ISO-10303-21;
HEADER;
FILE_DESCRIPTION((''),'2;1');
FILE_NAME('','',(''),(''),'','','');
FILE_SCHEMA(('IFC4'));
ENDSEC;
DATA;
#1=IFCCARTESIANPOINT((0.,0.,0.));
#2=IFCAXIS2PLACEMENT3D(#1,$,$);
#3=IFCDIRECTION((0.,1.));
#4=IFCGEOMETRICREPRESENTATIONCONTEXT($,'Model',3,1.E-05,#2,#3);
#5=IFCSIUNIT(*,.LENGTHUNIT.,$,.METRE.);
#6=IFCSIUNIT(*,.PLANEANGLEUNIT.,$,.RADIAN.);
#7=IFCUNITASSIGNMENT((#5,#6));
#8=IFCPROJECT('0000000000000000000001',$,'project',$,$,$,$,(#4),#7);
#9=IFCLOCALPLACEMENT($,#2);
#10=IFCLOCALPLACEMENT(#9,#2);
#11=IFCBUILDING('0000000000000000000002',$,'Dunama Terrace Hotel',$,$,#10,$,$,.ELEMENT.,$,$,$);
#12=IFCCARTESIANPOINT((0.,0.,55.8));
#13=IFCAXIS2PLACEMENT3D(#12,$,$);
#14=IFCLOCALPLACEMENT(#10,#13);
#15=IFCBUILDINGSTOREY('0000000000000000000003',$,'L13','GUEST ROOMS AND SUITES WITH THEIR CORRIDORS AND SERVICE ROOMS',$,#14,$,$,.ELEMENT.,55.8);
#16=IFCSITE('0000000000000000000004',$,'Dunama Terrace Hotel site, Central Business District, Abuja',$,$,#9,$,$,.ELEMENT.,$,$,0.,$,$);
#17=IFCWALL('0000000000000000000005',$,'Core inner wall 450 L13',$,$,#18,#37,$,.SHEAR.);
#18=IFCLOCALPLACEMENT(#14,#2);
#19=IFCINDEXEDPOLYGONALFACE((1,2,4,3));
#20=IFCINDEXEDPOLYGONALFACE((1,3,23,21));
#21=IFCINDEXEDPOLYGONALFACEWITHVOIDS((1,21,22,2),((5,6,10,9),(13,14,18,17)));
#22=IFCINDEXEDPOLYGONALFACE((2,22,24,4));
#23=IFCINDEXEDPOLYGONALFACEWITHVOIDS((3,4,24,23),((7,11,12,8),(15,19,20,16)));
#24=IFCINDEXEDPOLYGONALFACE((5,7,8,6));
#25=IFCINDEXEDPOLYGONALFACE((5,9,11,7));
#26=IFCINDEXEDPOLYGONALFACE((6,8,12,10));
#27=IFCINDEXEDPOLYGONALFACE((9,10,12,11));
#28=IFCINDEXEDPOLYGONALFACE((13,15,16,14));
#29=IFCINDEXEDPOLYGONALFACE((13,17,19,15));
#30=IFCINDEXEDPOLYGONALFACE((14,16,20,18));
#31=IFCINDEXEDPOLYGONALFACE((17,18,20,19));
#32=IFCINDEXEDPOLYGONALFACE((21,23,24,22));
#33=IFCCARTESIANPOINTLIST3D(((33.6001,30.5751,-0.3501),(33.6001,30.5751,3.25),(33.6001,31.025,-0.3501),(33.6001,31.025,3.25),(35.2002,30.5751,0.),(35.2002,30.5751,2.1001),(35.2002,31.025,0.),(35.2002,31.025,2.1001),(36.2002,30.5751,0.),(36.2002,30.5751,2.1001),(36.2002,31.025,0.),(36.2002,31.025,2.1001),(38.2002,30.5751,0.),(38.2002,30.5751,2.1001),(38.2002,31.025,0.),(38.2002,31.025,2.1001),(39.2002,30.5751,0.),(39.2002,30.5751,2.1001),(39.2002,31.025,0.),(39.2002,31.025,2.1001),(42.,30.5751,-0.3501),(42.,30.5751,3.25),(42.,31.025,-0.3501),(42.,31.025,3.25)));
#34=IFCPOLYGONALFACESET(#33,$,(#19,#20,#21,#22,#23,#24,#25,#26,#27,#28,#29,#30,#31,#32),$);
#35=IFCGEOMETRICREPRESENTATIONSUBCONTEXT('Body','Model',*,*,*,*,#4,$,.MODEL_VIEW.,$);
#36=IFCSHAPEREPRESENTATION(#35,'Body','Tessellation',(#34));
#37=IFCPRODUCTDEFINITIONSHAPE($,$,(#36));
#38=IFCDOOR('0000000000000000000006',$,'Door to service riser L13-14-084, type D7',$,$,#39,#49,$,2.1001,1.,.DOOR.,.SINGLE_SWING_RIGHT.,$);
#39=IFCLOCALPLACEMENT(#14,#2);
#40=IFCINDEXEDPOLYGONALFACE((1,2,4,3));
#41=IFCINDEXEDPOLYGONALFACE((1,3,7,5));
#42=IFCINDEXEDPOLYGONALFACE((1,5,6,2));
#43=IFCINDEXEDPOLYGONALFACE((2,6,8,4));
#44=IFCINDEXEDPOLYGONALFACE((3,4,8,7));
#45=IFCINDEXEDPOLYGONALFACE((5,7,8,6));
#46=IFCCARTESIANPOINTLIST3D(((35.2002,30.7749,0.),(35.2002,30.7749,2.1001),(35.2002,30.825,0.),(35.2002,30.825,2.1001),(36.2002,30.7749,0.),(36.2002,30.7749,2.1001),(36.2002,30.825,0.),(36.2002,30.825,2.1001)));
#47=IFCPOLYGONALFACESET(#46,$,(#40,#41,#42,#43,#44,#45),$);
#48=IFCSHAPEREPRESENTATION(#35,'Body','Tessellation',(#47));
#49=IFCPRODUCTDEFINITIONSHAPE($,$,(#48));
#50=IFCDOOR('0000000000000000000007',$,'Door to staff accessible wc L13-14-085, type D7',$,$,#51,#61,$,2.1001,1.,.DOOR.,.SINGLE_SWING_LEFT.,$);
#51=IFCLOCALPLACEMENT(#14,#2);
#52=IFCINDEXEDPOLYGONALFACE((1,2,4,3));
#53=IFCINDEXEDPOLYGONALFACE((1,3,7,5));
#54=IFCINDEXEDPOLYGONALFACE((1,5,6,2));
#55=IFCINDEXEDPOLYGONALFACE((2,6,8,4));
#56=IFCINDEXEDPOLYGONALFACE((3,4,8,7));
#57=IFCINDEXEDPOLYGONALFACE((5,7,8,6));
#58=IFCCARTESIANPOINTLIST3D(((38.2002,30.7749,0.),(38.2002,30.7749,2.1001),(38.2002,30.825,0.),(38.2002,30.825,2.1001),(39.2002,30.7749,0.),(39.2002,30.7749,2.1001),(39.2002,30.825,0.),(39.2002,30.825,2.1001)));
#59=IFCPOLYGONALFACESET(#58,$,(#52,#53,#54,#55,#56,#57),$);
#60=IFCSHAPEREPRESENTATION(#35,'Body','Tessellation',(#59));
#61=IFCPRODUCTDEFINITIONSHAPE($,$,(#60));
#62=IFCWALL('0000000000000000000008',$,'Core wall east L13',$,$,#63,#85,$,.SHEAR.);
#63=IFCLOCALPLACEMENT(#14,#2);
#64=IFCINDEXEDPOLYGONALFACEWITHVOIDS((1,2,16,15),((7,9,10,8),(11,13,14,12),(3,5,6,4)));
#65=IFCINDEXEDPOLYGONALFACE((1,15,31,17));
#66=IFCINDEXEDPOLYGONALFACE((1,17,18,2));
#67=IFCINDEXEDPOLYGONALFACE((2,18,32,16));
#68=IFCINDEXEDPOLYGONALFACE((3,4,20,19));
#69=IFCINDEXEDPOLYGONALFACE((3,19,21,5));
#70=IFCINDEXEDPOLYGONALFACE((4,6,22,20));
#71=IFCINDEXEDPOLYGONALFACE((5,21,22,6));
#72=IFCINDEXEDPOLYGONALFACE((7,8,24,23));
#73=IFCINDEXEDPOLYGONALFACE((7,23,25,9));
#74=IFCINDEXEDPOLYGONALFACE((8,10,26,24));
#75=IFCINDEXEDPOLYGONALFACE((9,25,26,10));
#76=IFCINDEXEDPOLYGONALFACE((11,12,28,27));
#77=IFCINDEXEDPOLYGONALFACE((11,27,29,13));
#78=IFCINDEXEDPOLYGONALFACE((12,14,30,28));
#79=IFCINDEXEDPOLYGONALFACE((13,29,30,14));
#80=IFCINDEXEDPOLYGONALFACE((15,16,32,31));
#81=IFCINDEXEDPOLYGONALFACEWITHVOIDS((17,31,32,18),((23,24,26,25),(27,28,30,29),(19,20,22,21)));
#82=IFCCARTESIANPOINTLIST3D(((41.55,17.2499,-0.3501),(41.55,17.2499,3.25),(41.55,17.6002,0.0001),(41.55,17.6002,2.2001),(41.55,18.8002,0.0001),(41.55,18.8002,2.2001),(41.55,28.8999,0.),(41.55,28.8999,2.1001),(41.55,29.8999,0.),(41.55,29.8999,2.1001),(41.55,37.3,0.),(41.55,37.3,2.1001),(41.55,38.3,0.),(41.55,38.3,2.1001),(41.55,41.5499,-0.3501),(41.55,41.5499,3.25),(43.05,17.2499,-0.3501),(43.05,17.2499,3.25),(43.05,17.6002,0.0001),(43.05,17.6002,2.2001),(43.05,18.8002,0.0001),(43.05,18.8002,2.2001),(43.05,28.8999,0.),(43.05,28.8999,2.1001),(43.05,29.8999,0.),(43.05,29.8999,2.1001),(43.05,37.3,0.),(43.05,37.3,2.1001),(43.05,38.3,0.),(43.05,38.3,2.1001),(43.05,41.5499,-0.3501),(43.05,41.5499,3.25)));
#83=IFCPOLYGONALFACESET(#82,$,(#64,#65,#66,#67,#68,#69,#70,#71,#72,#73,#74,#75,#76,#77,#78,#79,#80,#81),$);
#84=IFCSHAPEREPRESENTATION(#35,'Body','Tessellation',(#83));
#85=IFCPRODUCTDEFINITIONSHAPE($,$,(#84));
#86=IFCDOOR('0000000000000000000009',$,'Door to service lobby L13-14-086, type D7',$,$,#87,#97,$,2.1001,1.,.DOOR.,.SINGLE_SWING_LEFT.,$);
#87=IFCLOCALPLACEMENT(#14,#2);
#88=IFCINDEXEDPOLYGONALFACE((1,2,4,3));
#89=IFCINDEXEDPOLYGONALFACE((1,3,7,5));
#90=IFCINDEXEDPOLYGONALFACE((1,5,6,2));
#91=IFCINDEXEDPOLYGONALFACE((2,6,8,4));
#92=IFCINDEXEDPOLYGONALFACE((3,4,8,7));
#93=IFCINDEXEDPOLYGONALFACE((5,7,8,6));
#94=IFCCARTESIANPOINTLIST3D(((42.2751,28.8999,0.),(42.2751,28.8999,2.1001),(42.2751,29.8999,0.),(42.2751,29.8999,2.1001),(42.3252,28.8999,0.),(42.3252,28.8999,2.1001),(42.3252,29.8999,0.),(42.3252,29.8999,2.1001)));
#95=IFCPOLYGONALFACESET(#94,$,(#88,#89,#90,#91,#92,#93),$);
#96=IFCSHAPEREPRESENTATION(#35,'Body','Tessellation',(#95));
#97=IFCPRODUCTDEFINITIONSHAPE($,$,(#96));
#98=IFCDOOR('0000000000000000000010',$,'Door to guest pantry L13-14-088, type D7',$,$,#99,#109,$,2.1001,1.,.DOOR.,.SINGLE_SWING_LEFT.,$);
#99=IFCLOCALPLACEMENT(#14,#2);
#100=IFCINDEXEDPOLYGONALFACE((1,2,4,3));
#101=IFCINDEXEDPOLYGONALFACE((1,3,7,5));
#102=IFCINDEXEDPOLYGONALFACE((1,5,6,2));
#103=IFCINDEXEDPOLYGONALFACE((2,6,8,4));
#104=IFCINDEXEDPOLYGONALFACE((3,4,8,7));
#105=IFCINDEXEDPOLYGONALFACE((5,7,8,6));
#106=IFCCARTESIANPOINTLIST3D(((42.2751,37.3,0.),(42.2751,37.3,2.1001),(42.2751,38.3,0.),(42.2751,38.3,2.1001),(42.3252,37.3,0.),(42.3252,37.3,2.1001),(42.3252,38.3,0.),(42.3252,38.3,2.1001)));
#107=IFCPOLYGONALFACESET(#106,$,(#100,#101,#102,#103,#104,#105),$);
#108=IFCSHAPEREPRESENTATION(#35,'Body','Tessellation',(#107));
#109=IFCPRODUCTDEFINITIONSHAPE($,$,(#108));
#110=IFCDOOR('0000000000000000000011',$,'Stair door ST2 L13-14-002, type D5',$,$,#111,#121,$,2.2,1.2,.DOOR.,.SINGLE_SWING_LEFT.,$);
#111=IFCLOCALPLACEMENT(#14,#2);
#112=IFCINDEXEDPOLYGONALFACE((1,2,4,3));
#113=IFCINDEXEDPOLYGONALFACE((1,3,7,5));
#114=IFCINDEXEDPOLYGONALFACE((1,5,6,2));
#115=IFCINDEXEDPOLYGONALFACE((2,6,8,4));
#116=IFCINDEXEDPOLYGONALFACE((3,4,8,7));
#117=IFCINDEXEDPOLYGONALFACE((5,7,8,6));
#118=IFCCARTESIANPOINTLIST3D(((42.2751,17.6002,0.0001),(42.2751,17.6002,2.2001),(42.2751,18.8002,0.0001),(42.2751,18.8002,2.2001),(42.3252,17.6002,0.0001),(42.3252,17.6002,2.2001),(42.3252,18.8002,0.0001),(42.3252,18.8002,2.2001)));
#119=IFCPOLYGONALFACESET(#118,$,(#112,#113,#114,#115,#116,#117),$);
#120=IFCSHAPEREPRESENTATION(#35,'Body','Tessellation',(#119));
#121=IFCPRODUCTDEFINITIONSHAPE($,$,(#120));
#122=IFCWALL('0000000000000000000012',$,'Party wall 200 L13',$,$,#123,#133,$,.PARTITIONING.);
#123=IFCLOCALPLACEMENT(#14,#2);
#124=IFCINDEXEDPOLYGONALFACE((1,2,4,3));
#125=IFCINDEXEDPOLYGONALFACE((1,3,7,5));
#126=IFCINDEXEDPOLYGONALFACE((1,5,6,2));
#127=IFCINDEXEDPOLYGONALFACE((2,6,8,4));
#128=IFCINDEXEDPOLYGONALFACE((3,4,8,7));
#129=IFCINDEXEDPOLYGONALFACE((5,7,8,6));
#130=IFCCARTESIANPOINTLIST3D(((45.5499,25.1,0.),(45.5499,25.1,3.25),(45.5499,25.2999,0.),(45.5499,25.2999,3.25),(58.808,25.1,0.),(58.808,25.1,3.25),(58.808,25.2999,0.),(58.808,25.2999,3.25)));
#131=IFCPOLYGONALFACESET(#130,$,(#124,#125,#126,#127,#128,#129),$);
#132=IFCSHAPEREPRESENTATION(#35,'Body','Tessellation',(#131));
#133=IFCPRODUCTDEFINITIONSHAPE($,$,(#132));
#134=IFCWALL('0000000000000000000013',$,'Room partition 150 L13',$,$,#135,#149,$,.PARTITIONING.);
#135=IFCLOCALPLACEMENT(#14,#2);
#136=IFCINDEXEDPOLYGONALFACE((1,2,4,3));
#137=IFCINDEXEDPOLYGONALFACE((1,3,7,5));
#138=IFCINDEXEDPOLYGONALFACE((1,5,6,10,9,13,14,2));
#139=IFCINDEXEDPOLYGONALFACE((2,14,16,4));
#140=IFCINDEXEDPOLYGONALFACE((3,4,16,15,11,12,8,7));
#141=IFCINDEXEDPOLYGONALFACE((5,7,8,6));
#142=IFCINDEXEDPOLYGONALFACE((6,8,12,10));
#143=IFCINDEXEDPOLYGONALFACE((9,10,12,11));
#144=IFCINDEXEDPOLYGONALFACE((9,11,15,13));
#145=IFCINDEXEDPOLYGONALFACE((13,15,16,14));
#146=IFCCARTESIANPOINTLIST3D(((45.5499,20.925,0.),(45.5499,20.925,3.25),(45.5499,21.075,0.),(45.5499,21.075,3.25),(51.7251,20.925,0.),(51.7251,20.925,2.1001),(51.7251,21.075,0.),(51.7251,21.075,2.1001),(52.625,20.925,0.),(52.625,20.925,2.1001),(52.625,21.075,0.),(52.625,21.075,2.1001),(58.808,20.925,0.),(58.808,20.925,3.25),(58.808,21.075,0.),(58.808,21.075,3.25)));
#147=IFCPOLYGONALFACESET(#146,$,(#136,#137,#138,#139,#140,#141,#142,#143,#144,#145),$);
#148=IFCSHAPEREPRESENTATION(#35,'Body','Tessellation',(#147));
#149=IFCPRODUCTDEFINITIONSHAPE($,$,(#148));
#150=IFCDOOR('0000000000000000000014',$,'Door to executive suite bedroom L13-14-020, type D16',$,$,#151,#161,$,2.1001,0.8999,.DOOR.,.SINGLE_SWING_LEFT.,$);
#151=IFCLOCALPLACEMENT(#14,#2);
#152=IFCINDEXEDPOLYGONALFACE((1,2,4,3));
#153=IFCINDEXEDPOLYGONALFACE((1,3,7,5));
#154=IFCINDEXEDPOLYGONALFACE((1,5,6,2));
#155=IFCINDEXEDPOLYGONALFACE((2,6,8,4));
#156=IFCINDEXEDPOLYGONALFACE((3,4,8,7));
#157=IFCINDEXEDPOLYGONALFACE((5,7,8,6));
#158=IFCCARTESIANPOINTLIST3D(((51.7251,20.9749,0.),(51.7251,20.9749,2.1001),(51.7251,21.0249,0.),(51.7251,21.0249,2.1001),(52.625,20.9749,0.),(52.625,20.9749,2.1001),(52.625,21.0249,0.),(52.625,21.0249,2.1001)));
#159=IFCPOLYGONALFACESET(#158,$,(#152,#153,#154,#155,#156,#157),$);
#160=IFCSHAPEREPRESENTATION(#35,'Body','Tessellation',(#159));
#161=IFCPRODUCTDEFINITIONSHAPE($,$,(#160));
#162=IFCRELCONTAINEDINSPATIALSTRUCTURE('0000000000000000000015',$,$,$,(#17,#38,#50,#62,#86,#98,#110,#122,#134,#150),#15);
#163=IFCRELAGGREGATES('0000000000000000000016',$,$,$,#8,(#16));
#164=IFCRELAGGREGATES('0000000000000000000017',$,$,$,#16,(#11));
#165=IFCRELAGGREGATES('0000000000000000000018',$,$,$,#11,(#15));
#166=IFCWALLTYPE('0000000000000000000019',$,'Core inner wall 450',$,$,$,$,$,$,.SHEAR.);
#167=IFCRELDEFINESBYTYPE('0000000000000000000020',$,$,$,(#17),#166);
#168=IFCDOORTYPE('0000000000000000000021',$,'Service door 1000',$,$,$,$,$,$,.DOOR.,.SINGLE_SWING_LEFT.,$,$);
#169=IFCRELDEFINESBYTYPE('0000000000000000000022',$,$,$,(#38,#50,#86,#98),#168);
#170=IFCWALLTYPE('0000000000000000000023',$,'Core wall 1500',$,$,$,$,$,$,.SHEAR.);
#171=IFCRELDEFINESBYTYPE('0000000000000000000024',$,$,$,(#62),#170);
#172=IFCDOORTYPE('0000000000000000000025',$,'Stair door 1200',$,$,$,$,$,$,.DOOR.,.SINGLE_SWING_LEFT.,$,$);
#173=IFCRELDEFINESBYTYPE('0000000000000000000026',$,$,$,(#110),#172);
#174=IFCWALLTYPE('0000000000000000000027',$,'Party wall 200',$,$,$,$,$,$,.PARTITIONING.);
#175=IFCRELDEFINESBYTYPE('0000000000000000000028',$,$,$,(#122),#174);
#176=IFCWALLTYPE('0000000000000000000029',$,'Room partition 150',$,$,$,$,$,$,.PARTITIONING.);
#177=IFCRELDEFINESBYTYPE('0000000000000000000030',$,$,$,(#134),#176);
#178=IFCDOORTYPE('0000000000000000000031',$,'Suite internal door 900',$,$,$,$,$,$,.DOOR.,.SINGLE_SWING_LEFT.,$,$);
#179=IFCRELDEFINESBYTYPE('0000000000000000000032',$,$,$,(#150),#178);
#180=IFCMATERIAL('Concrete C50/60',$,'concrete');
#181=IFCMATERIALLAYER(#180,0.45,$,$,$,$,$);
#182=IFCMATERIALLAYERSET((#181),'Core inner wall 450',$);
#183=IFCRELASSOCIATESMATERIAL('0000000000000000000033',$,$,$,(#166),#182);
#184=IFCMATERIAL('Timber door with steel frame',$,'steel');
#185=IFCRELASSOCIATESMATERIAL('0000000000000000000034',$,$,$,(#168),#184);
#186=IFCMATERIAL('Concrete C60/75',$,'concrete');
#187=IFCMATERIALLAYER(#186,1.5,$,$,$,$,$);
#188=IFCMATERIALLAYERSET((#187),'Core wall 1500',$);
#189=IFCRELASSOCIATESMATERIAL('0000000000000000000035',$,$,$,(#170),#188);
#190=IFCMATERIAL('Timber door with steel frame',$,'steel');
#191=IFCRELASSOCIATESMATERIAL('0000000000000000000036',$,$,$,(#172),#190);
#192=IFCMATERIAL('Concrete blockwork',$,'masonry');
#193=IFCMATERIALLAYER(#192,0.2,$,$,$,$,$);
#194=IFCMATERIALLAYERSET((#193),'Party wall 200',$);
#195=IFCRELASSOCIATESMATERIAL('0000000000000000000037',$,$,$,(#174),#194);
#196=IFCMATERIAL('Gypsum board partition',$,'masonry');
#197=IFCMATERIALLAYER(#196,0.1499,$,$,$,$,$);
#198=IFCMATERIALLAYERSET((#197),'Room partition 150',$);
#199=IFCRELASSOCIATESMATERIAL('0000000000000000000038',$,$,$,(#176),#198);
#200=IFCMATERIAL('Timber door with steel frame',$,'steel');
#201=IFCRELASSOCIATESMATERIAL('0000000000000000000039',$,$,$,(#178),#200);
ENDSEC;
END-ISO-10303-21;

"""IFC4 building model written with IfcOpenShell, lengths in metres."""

from ifc_helpers import new_model, si_unit, direction, frame, frame_2d, origin, place, context, subcontext, project, spatial, rectangle, extrude, material, layer, layer_set, type_object, element, fill, save


model = new_model("IFC4")

# Units and contexts
model_context = context("Model", 3, precision=1e-05, world=origin(), true_north=direction((0.0, 1.0)))
body_context = subcontext(model_context, "Body", "Model", "MODEL_VIEW")
ifc_project = project(units=[si_unit("LENGTHUNIT", "METRE"), si_unit("PLANEANGLEUNIT", "RADIAN")], contexts=[model_context])

# Site, building, storey
site_placement = place(None, origin())
site = spatial("IfcSite", under=ifc_project, at=site_placement, Name="Dunama Terrace Hotel site, Central Business District, Abuja", CompositionType="ELEMENT", RefElevation=0.0)
building_placement = place(site_placement, origin())
building = spatial("IfcBuilding", under=site, at=building_placement, Name="Dunama Terrace Hotel", CompositionType="ELEMENT")
storey_placement = place(building_placement, frame((0.0, 0.0, 55.8)))
storey = spatial("IfcBuildingStorey", under=building, at=storey_placement, Name="L13", Description="GUEST ROOMS AND SUITES WITH THEIR CORRIDORS AND SERVICE ROOMS", CompositionType="ELEMENT", Elevation=55.8)

# Shared definitions
ifc_material_1 = material(Name="Concrete C50/60", Category="concrete")
ifc_layer_1 = layer(ifc_material_1, 0.45)
ifc_layer_set_1 = layer_set([ifc_layer_1], Name="Core inner wall 450")
wall_type_1 = type_object("IfcWallType", Name="Core inner wall 450", PredefinedType="SHEAR", material=ifc_layer_set_1)

# Walls, openings, doors
wall_1_placement = place(storey_placement, frame((33.6001, 30.8, -0.3501), z_axis=(0.0, 0.0, 1.0), x_axis=(1.0, 0.0, 0.0)))
wall_1 = element("IfcWall", 1, at=wall_1_placement, inside=storey, type_object=wall_type_1, Name="Core inner wall 450 L13", PredefinedType="SHEAR", context=body_context, shape_type="SweptSolid", body=[
    extrude(rectangle(XDim=8.3999, YDim=0.45, at=frame_2d((4.2, 0.0))), origin(), (0.0, 0.0, 1.0), 3.6001),
])
opening_1_placement = place(wall_1_placement, frame((1.6001, 0.0, 0.3501)))
opening_1 = element("IfcOpeningElement", 2, at=opening_1_placement, cuts=wall_1, PredefinedType="OPENING", context=body_context, shape_type="SweptSolid", body=[
    extrude(rectangle(XDim=1.0, YDim=2.1001, at=frame_2d((0.5, 1.05))), frame((0.0, 0.2349, 0.0), z_axis=(0.0, -1.0, 0.0), x_axis=(1.0, 0.0, 0.0)), (0.0, 0.0, 1.0), 0.47),
])
opening_2_placement = place(wall_1_placement, frame((4.6001, 0.0, 0.3501)))
opening_2 = element("IfcOpeningElement", 3, at=opening_2_placement, cuts=wall_1, PredefinedType="OPENING", context=body_context, shape_type="SweptSolid", body=[
    extrude(rectangle(XDim=1.0, YDim=2.1001, at=frame_2d((0.5, 1.05))), frame((0.0, 0.2349, 0.0), z_axis=(0.0, -1.0, 0.0), x_axis=(1.0, 0.0, 0.0)), (0.0, 0.0, 1.0), 0.47),
])
ifc_material_2 = material(Name="Timber door with steel frame", Category="steel")
door_type_1 = type_object("IfcDoorType", Name="Service door 1000", OperationType="SINGLE_SWING_LEFT", PredefinedType="DOOR", material=ifc_material_2)
door_1_placement = place(opening_1_placement, origin())
door_1 = element("IfcDoor", 4, at=door_1_placement, inside=storey, type_object=door_type_1, Name="Door to service riser L13-14-084, type D7", OperationType="SINGLE_SWING_RIGHT", OverallHeight=2.1001, OverallWidth=1.0, PredefinedType="DOOR", context=body_context, shape_type="SweptSolid", body=[
    extrude(rectangle(XDim=1.0, YDim=2.1001, at=frame_2d((0.5, 1.05))), frame((0.0, 0.0249, 0.0), z_axis=(0.0, -1.0, 0.0), x_axis=(1.0, 0.0, 0.0)), (0.0, 0.0, 1.0), 0.05),
])
fill(opening_1, door_1)
door_2_placement = place(opening_2_placement, origin())
door_2 = element("IfcDoor", 5, at=door_2_placement, inside=storey, type_object=door_type_1, Name="Door to staff accessible wc L13-14-085, type D7", OperationType="SINGLE_SWING_LEFT", OverallHeight=2.1001, OverallWidth=1.0, PredefinedType="DOOR", context=body_context, shape_type="SweptSolid", body=[
    extrude(rectangle(XDim=1.0, YDim=2.1001, at=frame_2d((0.5, 1.05))), frame((0.0, 0.0249, 0.0), z_axis=(0.0, -1.0, 0.0), x_axis=(1.0, 0.0, 0.0)), (0.0, 0.0, 1.0), 0.05),
])
fill(opening_2, door_2)
ifc_material_3 = material(Name="Concrete C60/75", Category="concrete")
ifc_layer_2 = layer(ifc_material_3, 1.5)
ifc_layer_set_2 = layer_set([ifc_layer_2], Name="Core wall 1500")
wall_type_2 = type_object("IfcWallType", Name="Core wall 1500", PredefinedType="SHEAR", material=ifc_layer_set_2)
wall_2_placement = place(storey_placement, frame((42.3, 17.25, -0.3501), z_axis=(0.0, 0.0, 1.0), x_axis=(0.0, 1.0, 0.0)))
wall_2 = element("IfcWall", 6, at=wall_2_placement, inside=storey, type_object=wall_type_2, Name="Core wall east L13", PredefinedType="SHEAR", context=body_context, shape_type="SweptSolid", body=[
    extrude(rectangle(XDim=24.3, YDim=1.5, at=frame_2d((12.1499, 0.0))), origin(), (0.0, 0.0, 1.0), 3.6001),
])
opening_3_placement = place(wall_2_placement, frame((0.3501, 0.0, 0.3501)))
opening_3 = element("IfcOpeningElement", 7, at=opening_3_placement, cuts=wall_2, PredefinedType="OPENING", context=body_context, shape_type="SweptSolid", body=[
    extrude(rectangle(XDim=1.2, YDim=2.2, at=frame_2d((0.6001, 1.1001))), frame((0.0, 0.76, 0.0), z_axis=(0.0, -1.0, 0.0), x_axis=(1.0, 0.0, 0.0)), (0.0, 0.0, 1.0), 1.52),
])
opening_4_placement = place(wall_2_placement, frame((11.6499, 0.0, 0.3501)))
opening_4 = element("IfcOpeningElement", 8, at=opening_4_placement, cuts=wall_2, PredefinedType="OPENING", context=body_context, shape_type="SweptSolid", body=[
    extrude(rectangle(XDim=1.0, YDim=2.1001, at=frame_2d((0.5, 1.05))), frame((0.0, 0.76, 0.0), z_axis=(0.0, -1.0, 0.0), x_axis=(1.0, 0.0, 0.0)), (0.0, 0.0, 1.0), 1.52),
])
opening_5_placement = place(wall_2_placement, frame((20.05, 0.0, 0.3501)))
opening_5 = element("IfcOpeningElement", 9, at=opening_5_placement, cuts=wall_2, PredefinedType="OPENING", context=body_context, shape_type="SweptSolid", body=[
    extrude(rectangle(XDim=1.0, YDim=2.1001, at=frame_2d((0.5, 1.05))), frame((0.0, 0.76, 0.0), z_axis=(0.0, -1.0, 0.0), x_axis=(1.0, 0.0, 0.0)), (0.0, 0.0, 1.0), 1.52),
])
door_3_placement = place(opening_4_placement, origin())
door_3 = element("IfcDoor", 10, at=door_3_placement, inside=storey, type_object=door_type_1, Name="Door to service lobby L13-14-086, type D7", OperationType="SINGLE_SWING_LEFT", OverallHeight=2.1001, OverallWidth=1.0, PredefinedType="DOOR", context=body_context, shape_type="SweptSolid", body=[
    extrude(rectangle(XDim=1.0, YDim=2.1001, at=frame_2d((0.5, 1.05))), frame((0.0, 0.0249, 0.0), z_axis=(0.0, -1.0, 0.0), x_axis=(1.0, 0.0, 0.0)), (0.0, 0.0, 1.0), 0.05),
])
fill(opening_4, door_3)
door_4_placement = place(opening_5_placement, origin())
door_4 = element("IfcDoor", 11, at=door_4_placement, inside=storey, type_object=door_type_1, Name="Door to guest pantry L13-14-088, type D7", OperationType="SINGLE_SWING_LEFT", OverallHeight=2.1001, OverallWidth=1.0, PredefinedType="DOOR", context=body_context, shape_type="SweptSolid", body=[
    extrude(rectangle(XDim=1.0, YDim=2.1001, at=frame_2d((0.5, 1.05))), frame((0.0, 0.0249, 0.0), z_axis=(0.0, -1.0, 0.0), x_axis=(1.0, 0.0, 0.0)), (0.0, 0.0, 1.0), 0.05),
])
fill(opening_5, door_4)
ifc_material_4 = material(Name="Timber door with steel frame", Category="steel")
door_type_2 = type_object("IfcDoorType", Name="Stair door 1200", OperationType="SINGLE_SWING_LEFT", PredefinedType="DOOR", material=ifc_material_4)
door_5_placement = place(opening_3_placement, origin())
door_5 = element("IfcDoor", 12, at=door_5_placement, inside=storey, type_object=door_type_2, Name="Stair door ST2 L13-14-002, type D5", OperationType="SINGLE_SWING_LEFT", OverallHeight=2.2, OverallWidth=1.2, PredefinedType="DOOR", context=body_context, shape_type="SweptSolid", body=[
    extrude(rectangle(XDim=1.2, YDim=2.2, at=frame_2d((0.6001, 1.1001))), frame((0.0, 0.0249, 0.0), z_axis=(0.0, -1.0, 0.0), x_axis=(1.0, 0.0, 0.0)), (0.0, 0.0, 1.0), 0.05),
])
fill(opening_3, door_5)

# Wall
ifc_material_5 = material(Name="Concrete blockwork", Category="masonry")
ifc_layer_3 = layer(ifc_material_5, 0.2)
ifc_layer_set_3 = layer_set([ifc_layer_3], Name="Party wall 200")
wall_type_3 = type_object("IfcWallType", Name="Party wall 200", PredefinedType="PARTITIONING", material=ifc_layer_set_3)
wall_3_placement = place(storey_placement, frame((45.55, 25.2, 0.0), z_axis=(0.0, 0.0, 1.0), x_axis=(1.0, 0.0, 0.0)))
element("IfcWall", 13, at=wall_3_placement, inside=storey, type_object=wall_type_3, Name="Party wall 200 L13", PredefinedType="PARTITIONING", context=body_context, shape_type="SweptSolid", body=[
    extrude(rectangle(XDim=13.2581, YDim=0.2, at=frame_2d((6.6289, 0.0))), origin(), (0.0, 0.0, 1.0), 3.25),
])

# Wall, opening, door
ifc_material_6 = material(Name="Gypsum board partition", Category="masonry")
ifc_layer_4 = layer(ifc_material_6, 0.1499)
ifc_layer_set_4 = layer_set([ifc_layer_4], Name="Room partition 150")
wall_type_4 = type_object("IfcWallType", Name="Room partition 150", PredefinedType="PARTITIONING", material=ifc_layer_set_4)
wall_4_placement = place(storey_placement, frame((45.55, 21.0, 0.0), z_axis=(0.0, 0.0, 1.0), x_axis=(1.0, 0.0, 0.0)))
wall_4 = element("IfcWall", 14, at=wall_4_placement, inside=storey, type_object=wall_type_4, Name="Room partition 150 L13", PredefinedType="PARTITIONING", context=body_context, shape_type="SweptSolid", body=[
    extrude(rectangle(XDim=13.2581, YDim=0.1499, at=frame_2d((6.6289, 0.0))), origin(), (0.0, 0.0, 1.0), 3.25),
])
opening_6_placement = place(wall_4_placement, frame((6.175, 0.0, 0.0)))
opening_6 = element("IfcOpeningElement", 15, at=opening_6_placement, cuts=wall_4, PredefinedType="OPENING", context=body_context, shape_type="SweptSolid", body=[
    extrude(rectangle(XDim=0.8999, YDim=2.1001, at=frame_2d((0.45, 1.05))), frame((0.0, 0.085, 0.0), z_axis=(0.0, -1.0, 0.0), x_axis=(1.0, 0.0, 0.0)), (0.0, 0.0, 1.0), 0.1699),
])
ifc_material_7 = material(Name="Timber door with steel frame", Category="steel")
door_type_3 = type_object("IfcDoorType", Name="Suite internal door 900", OperationType="SINGLE_SWING_LEFT", PredefinedType="DOOR", material=ifc_material_7)
door_6_placement = place(opening_6_placement, origin())
door_6 = element("IfcDoor", 16, at=door_6_placement, inside=storey, type_object=door_type_3, Name="Door to executive suite bedroom L13-14-020, type D16", OperationType="SINGLE_SWING_LEFT", OverallHeight=2.1001, OverallWidth=0.8999, PredefinedType="DOOR", context=body_context, shape_type="SweptSolid", body=[
    extrude(rectangle(XDim=0.8999, YDim=2.1001, at=frame_2d((0.45, 1.05))), frame((0.0, 0.0249, 0.0), z_axis=(0.0, -1.0, 0.0), x_axis=(1.0, 0.0, 0.0)), (0.0, 0.0, 1.0), 0.05),
])
fill(opening_6, door_6)

save(model, "model.ifc")
